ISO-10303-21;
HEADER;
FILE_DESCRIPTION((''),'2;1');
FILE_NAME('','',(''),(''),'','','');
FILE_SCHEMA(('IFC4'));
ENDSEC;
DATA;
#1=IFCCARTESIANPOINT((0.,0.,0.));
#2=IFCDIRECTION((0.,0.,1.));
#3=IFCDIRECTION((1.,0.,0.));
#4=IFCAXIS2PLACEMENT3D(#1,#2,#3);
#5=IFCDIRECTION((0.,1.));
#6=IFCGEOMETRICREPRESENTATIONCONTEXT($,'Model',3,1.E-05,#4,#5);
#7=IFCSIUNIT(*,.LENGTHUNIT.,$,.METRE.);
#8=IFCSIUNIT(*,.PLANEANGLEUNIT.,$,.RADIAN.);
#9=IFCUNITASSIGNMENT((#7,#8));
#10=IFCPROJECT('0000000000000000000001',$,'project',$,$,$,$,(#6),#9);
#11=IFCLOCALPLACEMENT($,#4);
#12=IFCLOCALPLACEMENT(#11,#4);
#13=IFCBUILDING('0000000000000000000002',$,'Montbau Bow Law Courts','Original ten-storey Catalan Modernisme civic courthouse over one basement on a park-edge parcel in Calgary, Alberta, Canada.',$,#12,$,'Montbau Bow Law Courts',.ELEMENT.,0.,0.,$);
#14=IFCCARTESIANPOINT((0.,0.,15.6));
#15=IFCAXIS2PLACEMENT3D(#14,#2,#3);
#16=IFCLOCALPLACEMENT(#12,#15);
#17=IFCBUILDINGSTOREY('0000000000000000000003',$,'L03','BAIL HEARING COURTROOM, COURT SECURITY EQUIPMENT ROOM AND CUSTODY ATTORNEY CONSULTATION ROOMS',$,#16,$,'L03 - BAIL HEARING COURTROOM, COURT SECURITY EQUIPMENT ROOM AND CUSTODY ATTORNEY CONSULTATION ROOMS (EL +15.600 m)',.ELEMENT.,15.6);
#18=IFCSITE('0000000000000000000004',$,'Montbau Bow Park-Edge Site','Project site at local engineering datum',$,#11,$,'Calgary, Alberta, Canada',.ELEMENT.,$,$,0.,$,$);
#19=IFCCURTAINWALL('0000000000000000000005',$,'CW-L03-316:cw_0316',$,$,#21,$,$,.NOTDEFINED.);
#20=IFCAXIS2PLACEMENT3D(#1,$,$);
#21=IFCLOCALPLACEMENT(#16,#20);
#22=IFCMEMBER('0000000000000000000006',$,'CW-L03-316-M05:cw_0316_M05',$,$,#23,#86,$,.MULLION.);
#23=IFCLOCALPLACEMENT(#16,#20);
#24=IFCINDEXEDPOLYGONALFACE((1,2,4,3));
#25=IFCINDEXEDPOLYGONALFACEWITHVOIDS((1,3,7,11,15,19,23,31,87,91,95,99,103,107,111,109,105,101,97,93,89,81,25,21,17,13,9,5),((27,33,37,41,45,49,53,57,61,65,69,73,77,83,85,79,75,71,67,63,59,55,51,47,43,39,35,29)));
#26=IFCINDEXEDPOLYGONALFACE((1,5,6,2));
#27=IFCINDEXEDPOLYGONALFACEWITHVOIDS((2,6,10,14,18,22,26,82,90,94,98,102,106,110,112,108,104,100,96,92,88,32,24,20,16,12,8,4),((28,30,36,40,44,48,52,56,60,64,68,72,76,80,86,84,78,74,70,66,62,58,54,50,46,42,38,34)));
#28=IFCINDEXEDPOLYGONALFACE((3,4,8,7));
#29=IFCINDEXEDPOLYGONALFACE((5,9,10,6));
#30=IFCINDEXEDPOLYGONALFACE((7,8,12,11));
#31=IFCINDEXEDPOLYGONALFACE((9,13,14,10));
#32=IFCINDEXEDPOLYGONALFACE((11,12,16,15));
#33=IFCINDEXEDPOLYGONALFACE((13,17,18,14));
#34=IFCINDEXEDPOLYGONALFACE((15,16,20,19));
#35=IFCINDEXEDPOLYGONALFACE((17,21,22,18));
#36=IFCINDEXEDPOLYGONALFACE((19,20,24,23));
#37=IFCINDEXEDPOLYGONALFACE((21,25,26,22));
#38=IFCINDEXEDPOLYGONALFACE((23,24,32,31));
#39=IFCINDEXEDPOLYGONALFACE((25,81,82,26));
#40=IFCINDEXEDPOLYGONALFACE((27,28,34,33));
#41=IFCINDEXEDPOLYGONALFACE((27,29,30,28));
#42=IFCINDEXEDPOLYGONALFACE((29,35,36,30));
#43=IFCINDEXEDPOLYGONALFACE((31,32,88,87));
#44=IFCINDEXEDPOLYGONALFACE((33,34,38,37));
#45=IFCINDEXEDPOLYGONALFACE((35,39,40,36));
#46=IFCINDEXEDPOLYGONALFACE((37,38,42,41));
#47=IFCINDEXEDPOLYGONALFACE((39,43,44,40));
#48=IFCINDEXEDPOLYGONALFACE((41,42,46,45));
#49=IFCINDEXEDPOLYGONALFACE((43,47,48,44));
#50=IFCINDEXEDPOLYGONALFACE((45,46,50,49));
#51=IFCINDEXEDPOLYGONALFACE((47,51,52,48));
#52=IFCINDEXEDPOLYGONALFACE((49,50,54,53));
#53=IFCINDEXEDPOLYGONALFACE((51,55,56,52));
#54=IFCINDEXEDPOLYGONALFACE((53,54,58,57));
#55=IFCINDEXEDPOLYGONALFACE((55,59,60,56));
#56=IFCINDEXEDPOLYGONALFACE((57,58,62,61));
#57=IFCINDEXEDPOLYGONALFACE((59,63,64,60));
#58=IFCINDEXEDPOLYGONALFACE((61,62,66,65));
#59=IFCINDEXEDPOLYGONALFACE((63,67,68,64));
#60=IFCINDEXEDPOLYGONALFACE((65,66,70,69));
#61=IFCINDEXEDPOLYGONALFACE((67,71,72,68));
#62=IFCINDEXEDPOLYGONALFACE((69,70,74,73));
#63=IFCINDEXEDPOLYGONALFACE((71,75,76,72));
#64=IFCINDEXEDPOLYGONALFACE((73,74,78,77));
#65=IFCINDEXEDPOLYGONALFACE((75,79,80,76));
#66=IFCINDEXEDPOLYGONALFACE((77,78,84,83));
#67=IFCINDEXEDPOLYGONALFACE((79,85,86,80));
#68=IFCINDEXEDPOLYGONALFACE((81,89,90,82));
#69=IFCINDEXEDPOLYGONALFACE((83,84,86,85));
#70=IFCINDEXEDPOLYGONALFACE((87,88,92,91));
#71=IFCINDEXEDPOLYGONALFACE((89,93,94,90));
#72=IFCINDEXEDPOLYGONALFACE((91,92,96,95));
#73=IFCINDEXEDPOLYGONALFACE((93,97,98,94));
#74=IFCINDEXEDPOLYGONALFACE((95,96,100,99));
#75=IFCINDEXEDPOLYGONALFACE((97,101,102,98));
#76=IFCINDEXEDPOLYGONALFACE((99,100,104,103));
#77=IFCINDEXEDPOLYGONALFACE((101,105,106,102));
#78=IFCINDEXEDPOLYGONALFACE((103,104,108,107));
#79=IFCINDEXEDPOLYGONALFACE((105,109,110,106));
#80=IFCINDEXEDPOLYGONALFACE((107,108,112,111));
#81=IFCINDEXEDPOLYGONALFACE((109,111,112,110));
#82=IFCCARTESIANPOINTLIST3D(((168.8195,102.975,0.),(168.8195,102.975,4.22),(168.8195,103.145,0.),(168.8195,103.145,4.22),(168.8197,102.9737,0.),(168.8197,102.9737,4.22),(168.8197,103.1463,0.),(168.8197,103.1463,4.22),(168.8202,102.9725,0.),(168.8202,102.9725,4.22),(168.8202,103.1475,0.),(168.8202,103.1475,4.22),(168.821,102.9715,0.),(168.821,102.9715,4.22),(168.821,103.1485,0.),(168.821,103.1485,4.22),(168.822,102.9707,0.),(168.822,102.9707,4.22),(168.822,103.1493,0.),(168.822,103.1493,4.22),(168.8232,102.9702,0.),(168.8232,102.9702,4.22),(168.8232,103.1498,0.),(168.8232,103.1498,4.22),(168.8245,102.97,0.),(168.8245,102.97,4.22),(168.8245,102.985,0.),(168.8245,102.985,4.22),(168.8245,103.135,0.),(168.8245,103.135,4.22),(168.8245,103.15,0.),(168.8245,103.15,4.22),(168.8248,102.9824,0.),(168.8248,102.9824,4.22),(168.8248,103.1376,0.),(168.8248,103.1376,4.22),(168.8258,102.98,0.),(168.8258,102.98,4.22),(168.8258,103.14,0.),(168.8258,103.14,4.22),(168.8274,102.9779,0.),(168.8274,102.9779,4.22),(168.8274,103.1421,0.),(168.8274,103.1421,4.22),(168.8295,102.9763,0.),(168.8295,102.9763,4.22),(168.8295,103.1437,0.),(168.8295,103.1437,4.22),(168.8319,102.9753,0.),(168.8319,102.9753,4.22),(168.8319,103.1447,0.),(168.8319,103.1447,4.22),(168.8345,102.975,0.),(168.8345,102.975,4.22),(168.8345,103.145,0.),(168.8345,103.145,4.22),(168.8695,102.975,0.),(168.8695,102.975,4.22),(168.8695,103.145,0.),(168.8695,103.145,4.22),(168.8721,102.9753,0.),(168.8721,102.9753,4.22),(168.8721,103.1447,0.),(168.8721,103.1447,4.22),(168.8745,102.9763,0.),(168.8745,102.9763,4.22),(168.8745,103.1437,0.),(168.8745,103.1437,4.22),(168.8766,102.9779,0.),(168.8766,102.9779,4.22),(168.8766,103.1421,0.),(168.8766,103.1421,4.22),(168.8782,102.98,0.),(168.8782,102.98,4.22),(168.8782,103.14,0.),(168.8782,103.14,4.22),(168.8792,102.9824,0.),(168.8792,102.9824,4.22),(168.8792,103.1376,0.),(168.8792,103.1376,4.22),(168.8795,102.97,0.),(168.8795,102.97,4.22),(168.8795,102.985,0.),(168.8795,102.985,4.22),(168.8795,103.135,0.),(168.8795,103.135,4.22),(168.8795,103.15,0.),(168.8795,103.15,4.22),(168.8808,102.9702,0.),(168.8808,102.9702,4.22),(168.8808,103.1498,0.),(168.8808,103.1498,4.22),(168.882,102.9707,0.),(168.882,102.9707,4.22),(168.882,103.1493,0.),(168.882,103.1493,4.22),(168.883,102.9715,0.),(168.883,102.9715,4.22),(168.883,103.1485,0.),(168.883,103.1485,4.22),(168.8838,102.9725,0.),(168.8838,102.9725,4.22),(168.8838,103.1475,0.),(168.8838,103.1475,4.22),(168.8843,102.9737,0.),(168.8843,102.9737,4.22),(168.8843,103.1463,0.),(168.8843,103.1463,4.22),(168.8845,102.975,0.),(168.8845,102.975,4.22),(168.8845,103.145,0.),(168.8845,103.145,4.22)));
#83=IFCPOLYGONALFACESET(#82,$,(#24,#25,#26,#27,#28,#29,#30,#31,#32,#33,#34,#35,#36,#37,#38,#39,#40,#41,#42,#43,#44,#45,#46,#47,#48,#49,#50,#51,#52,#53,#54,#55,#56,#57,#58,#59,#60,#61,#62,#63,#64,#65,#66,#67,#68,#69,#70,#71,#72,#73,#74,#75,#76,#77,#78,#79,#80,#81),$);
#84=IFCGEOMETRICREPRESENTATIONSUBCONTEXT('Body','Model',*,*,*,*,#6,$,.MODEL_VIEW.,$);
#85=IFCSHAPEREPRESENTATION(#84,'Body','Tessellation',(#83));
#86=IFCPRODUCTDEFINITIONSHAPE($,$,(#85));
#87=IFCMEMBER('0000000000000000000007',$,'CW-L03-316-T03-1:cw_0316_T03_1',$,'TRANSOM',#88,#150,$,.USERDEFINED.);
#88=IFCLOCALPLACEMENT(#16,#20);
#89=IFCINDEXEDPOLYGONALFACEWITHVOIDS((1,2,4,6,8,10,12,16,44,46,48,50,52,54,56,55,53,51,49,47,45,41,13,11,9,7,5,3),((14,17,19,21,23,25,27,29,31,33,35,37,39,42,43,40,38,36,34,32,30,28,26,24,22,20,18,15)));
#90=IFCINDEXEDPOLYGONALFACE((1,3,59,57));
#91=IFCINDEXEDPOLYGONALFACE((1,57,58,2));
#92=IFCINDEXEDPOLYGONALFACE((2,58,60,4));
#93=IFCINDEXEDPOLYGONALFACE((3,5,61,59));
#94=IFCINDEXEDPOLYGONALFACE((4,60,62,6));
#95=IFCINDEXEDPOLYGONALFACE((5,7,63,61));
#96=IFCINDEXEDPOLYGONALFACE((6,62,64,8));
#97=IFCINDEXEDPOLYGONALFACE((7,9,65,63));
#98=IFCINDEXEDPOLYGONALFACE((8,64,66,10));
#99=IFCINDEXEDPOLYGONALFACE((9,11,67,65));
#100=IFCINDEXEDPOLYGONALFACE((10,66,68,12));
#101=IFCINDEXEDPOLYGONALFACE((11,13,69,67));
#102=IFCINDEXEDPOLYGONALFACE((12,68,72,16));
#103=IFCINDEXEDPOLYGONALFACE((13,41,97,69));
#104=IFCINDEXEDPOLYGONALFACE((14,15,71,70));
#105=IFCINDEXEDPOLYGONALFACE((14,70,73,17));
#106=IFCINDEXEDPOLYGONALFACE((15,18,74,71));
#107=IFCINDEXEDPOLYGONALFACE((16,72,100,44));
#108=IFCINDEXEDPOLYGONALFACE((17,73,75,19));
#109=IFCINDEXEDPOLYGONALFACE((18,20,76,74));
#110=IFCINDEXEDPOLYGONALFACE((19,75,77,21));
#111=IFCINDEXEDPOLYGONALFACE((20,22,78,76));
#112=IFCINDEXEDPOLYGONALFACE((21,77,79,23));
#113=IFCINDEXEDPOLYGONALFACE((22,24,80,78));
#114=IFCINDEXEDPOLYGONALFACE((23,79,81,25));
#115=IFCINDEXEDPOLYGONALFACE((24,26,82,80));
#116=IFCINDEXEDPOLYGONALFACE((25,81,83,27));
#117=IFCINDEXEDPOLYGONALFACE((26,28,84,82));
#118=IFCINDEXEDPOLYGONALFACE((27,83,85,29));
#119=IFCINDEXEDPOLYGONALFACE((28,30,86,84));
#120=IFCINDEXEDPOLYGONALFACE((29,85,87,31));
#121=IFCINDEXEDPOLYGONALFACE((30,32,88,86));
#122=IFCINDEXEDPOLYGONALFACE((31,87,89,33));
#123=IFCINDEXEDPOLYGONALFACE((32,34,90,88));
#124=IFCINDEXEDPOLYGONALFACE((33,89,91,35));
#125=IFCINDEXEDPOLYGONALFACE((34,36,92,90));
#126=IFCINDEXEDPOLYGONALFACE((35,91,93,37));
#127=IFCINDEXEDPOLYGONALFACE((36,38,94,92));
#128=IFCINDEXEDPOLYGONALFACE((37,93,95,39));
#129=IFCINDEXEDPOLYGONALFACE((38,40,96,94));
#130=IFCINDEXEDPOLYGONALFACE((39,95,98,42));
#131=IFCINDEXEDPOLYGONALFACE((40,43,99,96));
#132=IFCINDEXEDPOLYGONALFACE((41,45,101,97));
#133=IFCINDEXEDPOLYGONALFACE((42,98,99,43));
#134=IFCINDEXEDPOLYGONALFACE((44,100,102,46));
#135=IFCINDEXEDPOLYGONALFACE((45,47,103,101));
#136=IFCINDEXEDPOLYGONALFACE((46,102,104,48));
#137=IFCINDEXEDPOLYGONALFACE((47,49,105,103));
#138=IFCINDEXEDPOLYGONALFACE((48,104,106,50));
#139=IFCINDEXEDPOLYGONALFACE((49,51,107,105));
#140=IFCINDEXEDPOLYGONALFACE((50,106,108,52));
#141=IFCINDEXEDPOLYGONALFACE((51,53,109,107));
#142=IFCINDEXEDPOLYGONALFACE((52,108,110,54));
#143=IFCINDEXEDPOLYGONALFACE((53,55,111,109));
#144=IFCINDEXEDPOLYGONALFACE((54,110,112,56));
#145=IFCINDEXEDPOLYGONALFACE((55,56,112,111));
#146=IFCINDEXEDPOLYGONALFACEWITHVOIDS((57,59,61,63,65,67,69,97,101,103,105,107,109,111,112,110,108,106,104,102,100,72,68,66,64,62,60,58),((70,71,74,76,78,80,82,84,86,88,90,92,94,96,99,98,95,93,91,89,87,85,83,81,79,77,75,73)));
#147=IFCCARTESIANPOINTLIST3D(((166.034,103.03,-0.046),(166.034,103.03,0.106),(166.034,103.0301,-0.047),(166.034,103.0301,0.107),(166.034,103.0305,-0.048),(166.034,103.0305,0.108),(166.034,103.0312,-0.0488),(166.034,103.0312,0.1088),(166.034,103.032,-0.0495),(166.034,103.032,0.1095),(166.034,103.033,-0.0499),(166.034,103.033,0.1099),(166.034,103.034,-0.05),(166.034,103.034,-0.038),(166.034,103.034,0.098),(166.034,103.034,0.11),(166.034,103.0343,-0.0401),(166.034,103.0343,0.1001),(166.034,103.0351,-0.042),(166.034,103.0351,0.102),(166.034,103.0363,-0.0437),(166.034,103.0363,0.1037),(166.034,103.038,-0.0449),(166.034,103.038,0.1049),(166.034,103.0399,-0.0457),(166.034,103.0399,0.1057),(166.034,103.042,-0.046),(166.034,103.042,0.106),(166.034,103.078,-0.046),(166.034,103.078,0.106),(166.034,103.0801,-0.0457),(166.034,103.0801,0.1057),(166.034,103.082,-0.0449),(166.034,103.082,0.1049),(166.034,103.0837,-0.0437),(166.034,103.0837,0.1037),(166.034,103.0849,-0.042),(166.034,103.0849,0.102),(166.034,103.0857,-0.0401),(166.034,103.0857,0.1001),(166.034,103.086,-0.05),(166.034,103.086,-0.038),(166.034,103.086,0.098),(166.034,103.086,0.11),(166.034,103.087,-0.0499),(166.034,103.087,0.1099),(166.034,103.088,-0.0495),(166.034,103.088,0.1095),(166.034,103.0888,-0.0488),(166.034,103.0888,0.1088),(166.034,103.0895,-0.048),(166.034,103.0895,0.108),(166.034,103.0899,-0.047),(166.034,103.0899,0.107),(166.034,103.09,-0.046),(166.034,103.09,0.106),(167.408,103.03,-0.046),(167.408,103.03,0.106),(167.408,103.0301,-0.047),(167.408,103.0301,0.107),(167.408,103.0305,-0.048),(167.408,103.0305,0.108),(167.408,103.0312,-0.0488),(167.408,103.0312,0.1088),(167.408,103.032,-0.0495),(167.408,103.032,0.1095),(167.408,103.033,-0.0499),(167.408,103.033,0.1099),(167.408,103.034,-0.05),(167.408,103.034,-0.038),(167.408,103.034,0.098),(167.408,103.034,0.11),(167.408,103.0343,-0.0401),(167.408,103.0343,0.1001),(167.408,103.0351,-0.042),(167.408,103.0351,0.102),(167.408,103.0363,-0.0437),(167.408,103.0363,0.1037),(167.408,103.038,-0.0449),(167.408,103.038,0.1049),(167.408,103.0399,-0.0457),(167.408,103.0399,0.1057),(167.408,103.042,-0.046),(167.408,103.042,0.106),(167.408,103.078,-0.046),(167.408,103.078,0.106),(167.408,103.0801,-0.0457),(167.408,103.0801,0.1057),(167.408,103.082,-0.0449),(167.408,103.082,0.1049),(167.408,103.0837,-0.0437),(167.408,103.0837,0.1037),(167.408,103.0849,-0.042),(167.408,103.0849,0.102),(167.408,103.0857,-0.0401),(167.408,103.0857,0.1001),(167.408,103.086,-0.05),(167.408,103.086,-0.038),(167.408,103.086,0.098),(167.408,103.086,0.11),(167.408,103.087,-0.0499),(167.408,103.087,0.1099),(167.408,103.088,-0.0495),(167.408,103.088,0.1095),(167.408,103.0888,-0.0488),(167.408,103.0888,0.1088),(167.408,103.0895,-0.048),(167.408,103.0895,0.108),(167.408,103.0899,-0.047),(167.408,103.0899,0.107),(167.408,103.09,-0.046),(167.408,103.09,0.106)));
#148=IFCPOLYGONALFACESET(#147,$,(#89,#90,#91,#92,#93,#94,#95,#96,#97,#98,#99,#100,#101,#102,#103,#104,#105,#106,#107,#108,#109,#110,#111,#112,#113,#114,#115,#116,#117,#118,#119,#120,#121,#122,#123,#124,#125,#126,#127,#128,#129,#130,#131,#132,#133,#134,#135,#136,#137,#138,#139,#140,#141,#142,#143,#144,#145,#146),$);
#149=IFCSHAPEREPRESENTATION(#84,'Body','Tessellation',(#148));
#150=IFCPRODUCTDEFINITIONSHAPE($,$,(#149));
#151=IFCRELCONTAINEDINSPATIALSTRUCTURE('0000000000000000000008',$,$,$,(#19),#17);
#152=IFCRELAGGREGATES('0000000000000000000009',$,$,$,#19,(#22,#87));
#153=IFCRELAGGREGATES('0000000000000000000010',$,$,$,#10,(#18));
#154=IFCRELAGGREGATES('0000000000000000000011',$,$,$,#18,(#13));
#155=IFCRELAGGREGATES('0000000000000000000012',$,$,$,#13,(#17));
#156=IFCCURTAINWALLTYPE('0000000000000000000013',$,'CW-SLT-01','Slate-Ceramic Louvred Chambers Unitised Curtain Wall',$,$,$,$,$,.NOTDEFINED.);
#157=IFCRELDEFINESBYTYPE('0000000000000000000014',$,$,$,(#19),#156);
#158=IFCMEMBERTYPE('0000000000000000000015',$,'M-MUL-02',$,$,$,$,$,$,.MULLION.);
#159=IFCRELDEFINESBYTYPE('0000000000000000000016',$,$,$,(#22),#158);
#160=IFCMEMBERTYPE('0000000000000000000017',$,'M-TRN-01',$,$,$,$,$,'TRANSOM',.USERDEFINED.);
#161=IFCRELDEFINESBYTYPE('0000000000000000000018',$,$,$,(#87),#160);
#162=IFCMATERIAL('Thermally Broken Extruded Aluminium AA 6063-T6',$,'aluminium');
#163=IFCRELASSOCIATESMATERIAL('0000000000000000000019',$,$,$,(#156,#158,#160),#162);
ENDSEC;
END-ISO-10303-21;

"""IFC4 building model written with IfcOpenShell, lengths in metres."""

from ifc_helpers import new_model, si_unit, direction, frame, origin_with_axes, origin_2d_with_axis, place, context, subcontext, project, spatial, hollow_rectangle, extrude, material, material_profile, profile_set, type_object, element, aggregate, save


model = new_model("IFC4")

# Units and contexts
model_context = context("Model", 3, precision=1e-05, world=origin_with_axes(), true_north=direction((0.0, 1.0)))
body_context = subcontext(model_context, "Body", "Model", "MODEL_VIEW")
ifc_project = project(units=[si_unit("LENGTHUNIT", "METRE"), si_unit("PLANEANGLEUNIT", "RADIAN")], contexts=[model_context])

# Site, building, storey
site_placement = place(None, origin_with_axes())
site = spatial("IfcSite", under=ifc_project, at=site_placement, Name="Montbau Bow Park-Edge Site", Description="Project site at local engineering datum", LongName="Calgary, Alberta, Canada", CompositionType="ELEMENT", RefElevation=0.0)
building_placement = place(site_placement, origin_with_axes())
building = spatial("IfcBuilding", under=site, at=building_placement, Name="Montbau Bow Law Courts", Description="Original ten-storey Catalan Modernisme civic courthouse over one basement on a park-edge parcel in Calgary, Alberta, Canada.", LongName="Montbau Bow Law Courts", CompositionType="ELEMENT", ElevationOfRefHeight=0.0, ElevationOfTerrain=0.0)
storey_placement = place(building_placement, frame((0.0, 0.0, 15.6), z_axis=(0.0, 0.0, 1.0), x_axis=(1.0, 0.0, 0.0)))
storey = spatial("IfcBuildingStorey", under=building, at=storey_placement, Name="L03", Description="BAIL HEARING COURTROOM, COURT SECURITY EQUIPMENT ROOM AND CUSTODY ATTORNEY CONSULTATION ROOMS", LongName="L03 - BAIL HEARING COURTROOM, COURT SECURITY EQUIPMENT ROOM AND CUSTODY ATTORNEY CONSULTATION ROOMS (EL +15.600 m)", CompositionType="ELEMENT", Elevation=15.6)

# Shared definitions
ifc_material_1 = material(Name="Thermally Broken Extruded Aluminium AA 6063-T6", Category="aluminium")
curtain_wall_type = type_object("IfcCurtainWallType", Name="CW-SLT-01", Description="Slate-Ceramic Louvred Chambers Unitised Curtain Wall", PredefinedType="NOTDEFINED", material=ifc_material_1)

# Curtain wall, members
curtain_wall_1_placement = place(None, frame((163.115, 103.06, 15.6), z_axis=(0.0, 0.0, 1.0), x_axis=(1.0, 0.0, 0.0)))
curtain_wall_1 = element("IfcCurtainWall", 1, at=curtain_wall_1_placement, inside=storey, type_object=curtain_wall_type, Name="CW-L03-316:cw_0316", PredefinedType="NOTDEFINED")
ifc_material_profile_1 = material_profile(ifc_material_1, hollow_rectangle(XDim=0.065, YDim=0.18, WallThickness=0.005, InnerFilletRadius=0.01, OuterFilletRadius=0.005, at=origin_2d_with_axis()), Name="CWM-180X65", Category="Main", Priority=0)
ifc_profile_set_1 = profile_set([ifc_material_profile_1], Name="Thermally Broken Extruded Aluminium AA 6063-T6")
member_type_1 = type_object("IfcMemberType", Name="M-MUL-02", PredefinedType="MULLION", material=ifc_profile_set_1)
member_1_placement = place(None, frame((168.852, 103.06, 15.6), z_axis=(0.0, 0.0, 1.0), x_axis=(1.0, 0.0, 0.0)))
member_1 = element("IfcMember", 2, at=member_1_placement, type_object=member_type_1, Name="CW-L03-316-M05:cw_0316_M05", PredefinedType="MULLION", context=body_context, shape_type="SweptSolid", body=[
    extrude(hollow_rectangle(XDim=0.065, YDim=0.18, WallThickness=0.005, InnerFilletRadius=0.01, OuterFilletRadius=0.005, at=origin_2d_with_axis()), origin_with_axes(), (0.0, 0.0, 1.0), 4.22),
])
ifc_material_profile_2 = material_profile(ifc_material_1, hollow_rectangle(XDim=0.06, YDim=0.16, WallThickness=0.004, InnerFilletRadius=0.008, OuterFilletRadius=0.004, at=origin_2d_with_axis()), Name="CWT-160X60", Category="Main", Priority=0)
ifc_profile_set_2 = profile_set([ifc_material_profile_2], Name="Thermally Broken Extruded Aluminium AA 6063-T6")
member_type_2 = type_object("IfcMemberType", Name="M-TRN-01", ElementType="TRANSOM", PredefinedType="USERDEFINED", material=ifc_profile_set_2)
member_2_placement = place(None, frame((166.034, 103.06, 15.63), z_axis=(1.0, 0.0, 0.0), x_axis=(0.0, 1.0, 0.0)))
member_2 = element("IfcMember", 3, at=member_2_placement, type_object=member_type_2, Name="CW-L03-316-T03-1:cw_0316_T03_1", ObjectType="TRANSOM", PredefinedType="USERDEFINED", context=body_context, shape_type="SweptSolid", body=[
    extrude(hollow_rectangle(XDim=0.06, YDim=0.16, WallThickness=0.004, InnerFilletRadius=0.008, OuterFilletRadius=0.004, at=origin_2d_with_axis()), origin_with_axes(), (0.0, 0.0, 1.0), 1.374),
])
aggregate(curtain_wall_1, [member_1, member_2])

save(model, "model.ifc")
